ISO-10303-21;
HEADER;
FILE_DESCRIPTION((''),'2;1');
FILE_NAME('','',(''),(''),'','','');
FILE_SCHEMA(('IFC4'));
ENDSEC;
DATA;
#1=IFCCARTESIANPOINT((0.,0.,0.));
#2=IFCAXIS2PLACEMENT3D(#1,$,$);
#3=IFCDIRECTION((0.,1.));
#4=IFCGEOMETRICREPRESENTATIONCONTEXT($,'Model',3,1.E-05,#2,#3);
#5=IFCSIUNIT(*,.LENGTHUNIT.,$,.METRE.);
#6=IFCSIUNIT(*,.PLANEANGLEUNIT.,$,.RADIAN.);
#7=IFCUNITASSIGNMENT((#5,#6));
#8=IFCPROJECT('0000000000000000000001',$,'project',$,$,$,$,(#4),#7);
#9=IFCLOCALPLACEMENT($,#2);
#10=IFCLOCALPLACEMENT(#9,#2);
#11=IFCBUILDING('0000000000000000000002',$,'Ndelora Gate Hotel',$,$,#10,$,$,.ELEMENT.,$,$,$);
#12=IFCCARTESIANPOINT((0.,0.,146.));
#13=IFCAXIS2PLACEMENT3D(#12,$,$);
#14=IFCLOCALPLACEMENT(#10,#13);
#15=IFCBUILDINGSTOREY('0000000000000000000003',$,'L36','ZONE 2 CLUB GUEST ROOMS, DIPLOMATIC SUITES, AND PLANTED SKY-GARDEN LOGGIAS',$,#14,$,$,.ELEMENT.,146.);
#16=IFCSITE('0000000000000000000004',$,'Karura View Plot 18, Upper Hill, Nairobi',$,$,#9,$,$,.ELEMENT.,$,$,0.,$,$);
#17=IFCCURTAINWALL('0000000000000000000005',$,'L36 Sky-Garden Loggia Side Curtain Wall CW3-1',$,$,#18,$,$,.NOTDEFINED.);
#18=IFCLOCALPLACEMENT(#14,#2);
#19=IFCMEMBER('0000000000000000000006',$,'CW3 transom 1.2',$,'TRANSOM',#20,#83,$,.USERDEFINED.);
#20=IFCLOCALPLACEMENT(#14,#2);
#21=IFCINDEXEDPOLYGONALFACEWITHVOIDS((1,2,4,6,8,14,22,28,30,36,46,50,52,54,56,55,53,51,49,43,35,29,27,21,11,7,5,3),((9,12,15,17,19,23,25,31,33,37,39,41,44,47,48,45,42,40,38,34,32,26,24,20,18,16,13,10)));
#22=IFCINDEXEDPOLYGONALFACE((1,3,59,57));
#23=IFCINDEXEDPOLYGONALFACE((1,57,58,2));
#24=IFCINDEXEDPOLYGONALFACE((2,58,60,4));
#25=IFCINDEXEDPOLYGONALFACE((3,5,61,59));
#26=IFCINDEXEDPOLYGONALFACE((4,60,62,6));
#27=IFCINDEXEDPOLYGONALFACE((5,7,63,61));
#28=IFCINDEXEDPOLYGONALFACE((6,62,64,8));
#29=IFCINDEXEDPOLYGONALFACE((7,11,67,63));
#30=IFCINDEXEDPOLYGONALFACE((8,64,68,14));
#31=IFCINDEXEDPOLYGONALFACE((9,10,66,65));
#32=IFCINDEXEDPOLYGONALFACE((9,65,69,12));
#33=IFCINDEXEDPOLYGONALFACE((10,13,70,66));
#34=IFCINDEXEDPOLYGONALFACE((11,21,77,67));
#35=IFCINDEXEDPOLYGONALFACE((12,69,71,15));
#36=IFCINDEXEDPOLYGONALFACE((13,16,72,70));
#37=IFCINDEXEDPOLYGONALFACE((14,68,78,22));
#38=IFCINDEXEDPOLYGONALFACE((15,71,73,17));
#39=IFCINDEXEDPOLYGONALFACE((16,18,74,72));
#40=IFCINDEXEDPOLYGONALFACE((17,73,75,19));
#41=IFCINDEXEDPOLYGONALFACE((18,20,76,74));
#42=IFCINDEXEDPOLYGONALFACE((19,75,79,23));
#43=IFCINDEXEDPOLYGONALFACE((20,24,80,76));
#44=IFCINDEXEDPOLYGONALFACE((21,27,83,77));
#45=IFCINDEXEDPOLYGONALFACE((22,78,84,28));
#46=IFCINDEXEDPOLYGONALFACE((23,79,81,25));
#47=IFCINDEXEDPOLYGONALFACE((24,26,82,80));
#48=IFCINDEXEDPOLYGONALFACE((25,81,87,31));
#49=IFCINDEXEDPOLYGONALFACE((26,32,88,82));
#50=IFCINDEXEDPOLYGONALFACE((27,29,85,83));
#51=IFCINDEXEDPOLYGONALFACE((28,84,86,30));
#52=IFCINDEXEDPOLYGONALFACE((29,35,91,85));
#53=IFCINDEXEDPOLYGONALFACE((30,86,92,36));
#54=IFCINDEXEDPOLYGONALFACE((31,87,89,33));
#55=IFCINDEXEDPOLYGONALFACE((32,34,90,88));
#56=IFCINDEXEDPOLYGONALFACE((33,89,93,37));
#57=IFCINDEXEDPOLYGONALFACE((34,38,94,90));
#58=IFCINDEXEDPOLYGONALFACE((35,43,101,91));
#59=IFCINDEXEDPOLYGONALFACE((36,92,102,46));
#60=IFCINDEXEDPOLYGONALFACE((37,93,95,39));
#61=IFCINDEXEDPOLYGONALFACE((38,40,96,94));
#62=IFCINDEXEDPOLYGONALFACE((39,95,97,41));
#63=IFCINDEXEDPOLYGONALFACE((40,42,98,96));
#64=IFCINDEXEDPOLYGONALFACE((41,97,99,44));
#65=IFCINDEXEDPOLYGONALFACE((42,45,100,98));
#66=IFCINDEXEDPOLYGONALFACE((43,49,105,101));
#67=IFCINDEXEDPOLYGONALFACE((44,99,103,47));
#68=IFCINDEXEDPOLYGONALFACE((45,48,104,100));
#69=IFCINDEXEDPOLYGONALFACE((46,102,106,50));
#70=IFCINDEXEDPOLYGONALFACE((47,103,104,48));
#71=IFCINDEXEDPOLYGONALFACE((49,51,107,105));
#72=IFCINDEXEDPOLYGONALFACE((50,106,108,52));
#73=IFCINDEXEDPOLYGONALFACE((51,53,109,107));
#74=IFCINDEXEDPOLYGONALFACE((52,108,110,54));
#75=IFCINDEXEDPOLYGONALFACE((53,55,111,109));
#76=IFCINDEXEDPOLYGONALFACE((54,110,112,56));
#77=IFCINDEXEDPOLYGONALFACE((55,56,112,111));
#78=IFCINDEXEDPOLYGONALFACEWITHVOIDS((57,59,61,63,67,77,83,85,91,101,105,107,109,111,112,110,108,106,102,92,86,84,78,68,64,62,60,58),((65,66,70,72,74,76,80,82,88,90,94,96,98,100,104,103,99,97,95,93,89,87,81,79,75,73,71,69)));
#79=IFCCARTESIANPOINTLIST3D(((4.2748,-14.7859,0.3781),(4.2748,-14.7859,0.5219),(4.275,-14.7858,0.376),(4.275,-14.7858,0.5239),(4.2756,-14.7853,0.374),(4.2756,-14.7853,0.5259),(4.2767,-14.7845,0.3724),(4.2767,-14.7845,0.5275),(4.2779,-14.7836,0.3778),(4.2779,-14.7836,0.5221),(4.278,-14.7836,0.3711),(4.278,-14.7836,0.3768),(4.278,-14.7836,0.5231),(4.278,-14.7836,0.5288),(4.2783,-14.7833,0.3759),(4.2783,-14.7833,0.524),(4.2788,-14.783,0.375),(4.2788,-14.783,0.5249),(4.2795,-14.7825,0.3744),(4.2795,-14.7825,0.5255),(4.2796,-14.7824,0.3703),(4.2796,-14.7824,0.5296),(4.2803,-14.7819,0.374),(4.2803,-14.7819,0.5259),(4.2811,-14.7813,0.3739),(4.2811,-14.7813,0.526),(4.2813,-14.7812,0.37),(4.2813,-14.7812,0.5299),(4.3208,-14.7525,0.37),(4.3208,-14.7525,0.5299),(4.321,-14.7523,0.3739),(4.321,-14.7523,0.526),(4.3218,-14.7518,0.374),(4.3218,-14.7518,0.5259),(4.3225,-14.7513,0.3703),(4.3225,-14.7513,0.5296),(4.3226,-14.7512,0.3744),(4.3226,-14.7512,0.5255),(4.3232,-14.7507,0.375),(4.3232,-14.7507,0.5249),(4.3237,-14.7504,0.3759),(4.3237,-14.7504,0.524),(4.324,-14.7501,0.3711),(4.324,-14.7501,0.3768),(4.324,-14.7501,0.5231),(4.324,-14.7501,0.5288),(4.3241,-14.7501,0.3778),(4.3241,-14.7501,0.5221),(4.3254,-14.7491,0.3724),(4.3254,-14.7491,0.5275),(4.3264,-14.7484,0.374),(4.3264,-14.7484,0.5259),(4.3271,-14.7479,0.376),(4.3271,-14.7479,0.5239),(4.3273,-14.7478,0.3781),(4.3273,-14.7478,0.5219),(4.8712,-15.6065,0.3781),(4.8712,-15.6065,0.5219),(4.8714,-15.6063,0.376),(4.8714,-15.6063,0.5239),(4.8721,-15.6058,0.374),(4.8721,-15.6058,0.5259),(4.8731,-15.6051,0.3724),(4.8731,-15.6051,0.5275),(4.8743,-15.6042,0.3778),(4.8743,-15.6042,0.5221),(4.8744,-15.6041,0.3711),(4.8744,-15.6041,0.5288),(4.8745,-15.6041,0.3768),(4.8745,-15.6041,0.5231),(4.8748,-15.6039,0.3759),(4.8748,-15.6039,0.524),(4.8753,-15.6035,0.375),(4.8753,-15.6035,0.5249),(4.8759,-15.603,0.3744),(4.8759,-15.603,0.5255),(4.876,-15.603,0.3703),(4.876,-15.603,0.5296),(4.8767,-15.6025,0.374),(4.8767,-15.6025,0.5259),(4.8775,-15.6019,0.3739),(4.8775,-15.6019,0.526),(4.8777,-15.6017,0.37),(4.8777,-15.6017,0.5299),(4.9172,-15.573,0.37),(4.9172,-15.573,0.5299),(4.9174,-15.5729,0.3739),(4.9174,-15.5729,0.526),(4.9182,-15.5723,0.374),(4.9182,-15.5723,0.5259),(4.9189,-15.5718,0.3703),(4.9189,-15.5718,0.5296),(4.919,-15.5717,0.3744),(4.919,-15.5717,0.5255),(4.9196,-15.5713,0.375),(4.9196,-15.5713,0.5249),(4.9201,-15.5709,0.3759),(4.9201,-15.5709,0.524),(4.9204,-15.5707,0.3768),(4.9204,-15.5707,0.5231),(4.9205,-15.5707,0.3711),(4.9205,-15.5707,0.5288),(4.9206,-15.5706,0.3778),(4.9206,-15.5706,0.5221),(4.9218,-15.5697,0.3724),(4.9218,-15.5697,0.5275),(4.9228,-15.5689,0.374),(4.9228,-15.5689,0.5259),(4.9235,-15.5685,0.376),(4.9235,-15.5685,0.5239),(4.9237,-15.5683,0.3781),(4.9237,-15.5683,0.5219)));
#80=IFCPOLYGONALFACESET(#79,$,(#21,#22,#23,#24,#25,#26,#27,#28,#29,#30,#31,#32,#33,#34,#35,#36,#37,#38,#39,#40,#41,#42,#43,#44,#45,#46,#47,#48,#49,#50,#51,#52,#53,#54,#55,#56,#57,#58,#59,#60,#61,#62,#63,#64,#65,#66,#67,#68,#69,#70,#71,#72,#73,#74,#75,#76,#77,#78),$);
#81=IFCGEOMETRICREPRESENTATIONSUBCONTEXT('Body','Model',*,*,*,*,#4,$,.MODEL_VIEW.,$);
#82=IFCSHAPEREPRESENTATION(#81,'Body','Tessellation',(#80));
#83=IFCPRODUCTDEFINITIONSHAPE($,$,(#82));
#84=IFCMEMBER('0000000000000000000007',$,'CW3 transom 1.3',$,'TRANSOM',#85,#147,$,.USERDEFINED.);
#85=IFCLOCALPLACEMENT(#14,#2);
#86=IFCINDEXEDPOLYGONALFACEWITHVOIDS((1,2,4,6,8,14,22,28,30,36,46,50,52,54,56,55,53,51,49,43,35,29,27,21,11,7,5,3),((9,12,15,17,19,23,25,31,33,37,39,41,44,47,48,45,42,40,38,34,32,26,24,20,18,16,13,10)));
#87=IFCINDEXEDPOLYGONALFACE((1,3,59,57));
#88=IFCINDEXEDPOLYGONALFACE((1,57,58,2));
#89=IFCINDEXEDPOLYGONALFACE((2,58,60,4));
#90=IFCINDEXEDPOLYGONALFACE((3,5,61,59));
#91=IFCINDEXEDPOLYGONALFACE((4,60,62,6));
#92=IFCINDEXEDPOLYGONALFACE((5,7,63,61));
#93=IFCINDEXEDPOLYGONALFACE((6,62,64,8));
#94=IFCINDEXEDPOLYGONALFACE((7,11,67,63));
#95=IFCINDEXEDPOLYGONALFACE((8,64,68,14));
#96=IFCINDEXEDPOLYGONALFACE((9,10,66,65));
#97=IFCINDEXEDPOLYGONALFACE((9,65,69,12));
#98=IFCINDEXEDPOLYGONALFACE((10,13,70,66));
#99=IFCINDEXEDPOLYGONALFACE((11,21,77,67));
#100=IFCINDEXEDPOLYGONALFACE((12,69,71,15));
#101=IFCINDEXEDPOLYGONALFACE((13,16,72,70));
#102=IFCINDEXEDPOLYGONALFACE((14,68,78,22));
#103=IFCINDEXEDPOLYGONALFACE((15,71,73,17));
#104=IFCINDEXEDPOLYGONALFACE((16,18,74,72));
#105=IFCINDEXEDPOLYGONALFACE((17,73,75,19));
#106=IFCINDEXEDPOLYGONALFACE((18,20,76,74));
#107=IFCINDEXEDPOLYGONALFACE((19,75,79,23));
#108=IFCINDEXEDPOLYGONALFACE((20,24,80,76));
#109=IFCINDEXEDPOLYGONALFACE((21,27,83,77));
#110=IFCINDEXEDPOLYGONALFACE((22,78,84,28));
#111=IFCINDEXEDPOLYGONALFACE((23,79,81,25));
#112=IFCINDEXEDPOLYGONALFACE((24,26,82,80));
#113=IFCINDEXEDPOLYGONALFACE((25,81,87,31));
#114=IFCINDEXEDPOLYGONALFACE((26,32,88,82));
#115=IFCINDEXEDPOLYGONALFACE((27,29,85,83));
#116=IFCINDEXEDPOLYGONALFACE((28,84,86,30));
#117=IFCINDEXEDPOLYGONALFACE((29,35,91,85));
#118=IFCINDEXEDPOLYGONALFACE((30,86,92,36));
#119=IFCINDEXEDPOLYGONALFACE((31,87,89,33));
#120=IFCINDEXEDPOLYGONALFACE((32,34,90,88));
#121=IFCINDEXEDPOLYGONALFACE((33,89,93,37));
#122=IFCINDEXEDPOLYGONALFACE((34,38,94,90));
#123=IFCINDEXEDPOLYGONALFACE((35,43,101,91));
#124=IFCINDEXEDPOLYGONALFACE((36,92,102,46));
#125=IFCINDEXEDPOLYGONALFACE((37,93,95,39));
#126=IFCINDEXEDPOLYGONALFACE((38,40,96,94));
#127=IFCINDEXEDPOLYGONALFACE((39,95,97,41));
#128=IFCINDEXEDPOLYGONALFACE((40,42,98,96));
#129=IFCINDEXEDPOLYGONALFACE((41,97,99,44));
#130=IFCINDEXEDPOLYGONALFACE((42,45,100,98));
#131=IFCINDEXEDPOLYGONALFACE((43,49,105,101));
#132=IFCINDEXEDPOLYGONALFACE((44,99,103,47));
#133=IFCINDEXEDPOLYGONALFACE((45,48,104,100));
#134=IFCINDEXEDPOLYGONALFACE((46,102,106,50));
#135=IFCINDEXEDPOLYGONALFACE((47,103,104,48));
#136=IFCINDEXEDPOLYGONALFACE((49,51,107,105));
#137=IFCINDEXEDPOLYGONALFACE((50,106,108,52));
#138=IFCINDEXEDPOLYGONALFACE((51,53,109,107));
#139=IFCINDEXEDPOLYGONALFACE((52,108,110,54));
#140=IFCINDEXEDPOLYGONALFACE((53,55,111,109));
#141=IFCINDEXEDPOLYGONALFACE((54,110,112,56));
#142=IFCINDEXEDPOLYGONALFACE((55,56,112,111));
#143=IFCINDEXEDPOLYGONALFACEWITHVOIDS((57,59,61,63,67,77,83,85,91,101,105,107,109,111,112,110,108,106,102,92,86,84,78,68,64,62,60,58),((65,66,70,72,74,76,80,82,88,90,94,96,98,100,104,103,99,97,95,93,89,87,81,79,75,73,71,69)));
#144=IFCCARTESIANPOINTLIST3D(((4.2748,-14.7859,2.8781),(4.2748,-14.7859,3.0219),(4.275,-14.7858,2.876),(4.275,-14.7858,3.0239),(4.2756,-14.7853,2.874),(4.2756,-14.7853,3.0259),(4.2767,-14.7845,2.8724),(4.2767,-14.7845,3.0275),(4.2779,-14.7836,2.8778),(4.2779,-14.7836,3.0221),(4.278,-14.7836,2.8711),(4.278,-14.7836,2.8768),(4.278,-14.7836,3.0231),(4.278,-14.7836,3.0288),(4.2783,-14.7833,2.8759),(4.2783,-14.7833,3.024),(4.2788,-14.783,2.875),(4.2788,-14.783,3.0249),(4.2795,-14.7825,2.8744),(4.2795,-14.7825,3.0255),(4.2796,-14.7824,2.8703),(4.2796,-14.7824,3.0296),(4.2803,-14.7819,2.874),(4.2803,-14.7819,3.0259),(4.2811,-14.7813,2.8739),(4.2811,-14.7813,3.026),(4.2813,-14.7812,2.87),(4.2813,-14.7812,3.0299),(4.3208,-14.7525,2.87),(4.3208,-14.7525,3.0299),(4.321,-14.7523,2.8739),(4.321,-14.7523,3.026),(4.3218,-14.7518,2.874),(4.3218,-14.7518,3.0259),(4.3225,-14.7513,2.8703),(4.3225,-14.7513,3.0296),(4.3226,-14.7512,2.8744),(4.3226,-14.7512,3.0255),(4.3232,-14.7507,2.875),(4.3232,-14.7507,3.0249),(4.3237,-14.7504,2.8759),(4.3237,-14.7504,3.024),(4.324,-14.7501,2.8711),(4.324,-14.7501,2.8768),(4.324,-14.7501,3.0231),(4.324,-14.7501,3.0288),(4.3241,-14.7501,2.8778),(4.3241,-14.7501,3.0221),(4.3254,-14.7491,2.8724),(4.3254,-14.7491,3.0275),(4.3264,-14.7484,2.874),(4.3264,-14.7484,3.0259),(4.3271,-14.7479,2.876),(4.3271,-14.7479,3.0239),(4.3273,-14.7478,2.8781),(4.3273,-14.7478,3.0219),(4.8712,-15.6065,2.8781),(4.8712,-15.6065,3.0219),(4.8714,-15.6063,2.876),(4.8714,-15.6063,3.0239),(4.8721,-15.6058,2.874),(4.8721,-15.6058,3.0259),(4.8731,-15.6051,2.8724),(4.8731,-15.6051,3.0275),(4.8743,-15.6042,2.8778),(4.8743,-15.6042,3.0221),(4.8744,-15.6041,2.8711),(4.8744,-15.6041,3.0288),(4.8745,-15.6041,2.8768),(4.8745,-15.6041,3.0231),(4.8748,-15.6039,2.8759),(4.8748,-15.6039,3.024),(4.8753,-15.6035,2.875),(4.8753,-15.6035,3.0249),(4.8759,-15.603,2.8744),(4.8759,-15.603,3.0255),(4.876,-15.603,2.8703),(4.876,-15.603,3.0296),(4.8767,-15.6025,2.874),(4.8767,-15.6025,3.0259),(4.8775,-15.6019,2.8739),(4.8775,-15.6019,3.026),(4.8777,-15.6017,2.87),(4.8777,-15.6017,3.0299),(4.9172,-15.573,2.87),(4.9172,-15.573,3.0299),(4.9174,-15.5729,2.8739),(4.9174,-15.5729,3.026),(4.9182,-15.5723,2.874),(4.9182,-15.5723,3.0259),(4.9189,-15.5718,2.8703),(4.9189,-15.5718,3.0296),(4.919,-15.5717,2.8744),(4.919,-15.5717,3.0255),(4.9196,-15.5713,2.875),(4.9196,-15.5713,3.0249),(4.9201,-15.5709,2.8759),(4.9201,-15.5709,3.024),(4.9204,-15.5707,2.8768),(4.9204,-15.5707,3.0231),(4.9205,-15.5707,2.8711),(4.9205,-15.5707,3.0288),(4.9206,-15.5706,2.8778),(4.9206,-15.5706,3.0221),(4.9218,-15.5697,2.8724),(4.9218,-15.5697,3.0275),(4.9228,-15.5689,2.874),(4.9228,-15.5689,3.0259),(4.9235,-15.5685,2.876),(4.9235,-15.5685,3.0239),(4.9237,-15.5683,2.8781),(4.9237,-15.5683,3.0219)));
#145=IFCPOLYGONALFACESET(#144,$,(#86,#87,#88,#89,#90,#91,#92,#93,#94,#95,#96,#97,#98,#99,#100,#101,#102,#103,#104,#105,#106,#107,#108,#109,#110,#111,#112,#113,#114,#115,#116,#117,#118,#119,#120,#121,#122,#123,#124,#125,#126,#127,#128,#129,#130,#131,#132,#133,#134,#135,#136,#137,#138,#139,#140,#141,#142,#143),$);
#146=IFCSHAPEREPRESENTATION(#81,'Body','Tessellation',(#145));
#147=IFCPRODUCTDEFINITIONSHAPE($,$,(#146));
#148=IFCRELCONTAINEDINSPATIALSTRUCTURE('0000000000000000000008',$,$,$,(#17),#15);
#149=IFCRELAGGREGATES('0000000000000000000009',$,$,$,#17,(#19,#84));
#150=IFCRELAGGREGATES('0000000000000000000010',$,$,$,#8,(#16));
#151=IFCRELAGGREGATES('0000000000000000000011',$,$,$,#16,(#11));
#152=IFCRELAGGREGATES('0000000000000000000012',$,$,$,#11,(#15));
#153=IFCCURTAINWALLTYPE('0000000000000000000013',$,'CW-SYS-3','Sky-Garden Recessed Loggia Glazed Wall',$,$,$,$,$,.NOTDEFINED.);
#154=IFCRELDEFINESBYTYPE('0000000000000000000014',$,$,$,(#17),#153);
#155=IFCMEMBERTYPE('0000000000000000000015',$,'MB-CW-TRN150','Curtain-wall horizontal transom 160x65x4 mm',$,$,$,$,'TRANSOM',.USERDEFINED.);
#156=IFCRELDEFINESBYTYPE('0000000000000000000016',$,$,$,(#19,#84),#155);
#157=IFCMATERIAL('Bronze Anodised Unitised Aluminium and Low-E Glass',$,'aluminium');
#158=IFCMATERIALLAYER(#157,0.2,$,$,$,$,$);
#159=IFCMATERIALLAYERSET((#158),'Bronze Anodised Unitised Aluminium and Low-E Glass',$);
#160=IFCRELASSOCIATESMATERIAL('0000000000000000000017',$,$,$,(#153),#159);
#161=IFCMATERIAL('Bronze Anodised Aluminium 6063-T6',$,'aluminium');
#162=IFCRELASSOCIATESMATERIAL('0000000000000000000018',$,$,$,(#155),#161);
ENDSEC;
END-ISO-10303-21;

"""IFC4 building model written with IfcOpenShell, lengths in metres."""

from ifc_helpers import new_model, si_unit, direction, frame, origin, origin_2d, place, context, subcontext, project, spatial, hollow_rectangle, extrude, material, layer, layer_set, material_profile, profile_set, type_object, element, aggregate, save


model = new_model("IFC4")

# Units and contexts
model_context = context("Model", 3, precision=1e-05, world=origin(), true_north=direction((0.0, 1.0)))
body_context = subcontext(model_context, "Body", "Model", "MODEL_VIEW")
ifc_project = project(units=[si_unit("LENGTHUNIT", "METRE"), si_unit("PLANEANGLEUNIT", "RADIAN")], contexts=[model_context])

# Site, building, storey
site_placement = place(None, origin())
site = spatial("IfcSite", under=ifc_project, at=site_placement, Name="Karura View Plot 18, Upper Hill, Nairobi", CompositionType="ELEMENT", RefElevation=0.0)
building_placement = place(site_placement, origin())
building = spatial("IfcBuilding", under=site, at=building_placement, Name="Ndelora Gate Hotel", CompositionType="ELEMENT")
storey_placement = place(building_placement, frame((0.0, 0.0, 146.0)))
storey = spatial("IfcBuildingStorey", under=building, at=storey_placement, Name="L36", Description="ZONE 2 CLUB GUEST ROOMS, DIPLOMATIC SUITES, AND PLANTED SKY-GARDEN LOGGIAS", CompositionType="ELEMENT", Elevation=146.0)

# Curtain wall, members
ifc_material_1 = material(Name="Bronze Anodised Unitised Aluminium and Low-E Glass", Category="aluminium")
ifc_layer_1 = layer(ifc_material_1, 0.2)
ifc_layer_set_1 = layer_set([ifc_layer_1], Name="Bronze Anodised Unitised Aluminium and Low-E Glass")
curtain_wall_type = type_object("IfcCurtainWallType", Name="CW-SYS-3", Description="Sky-Garden Recessed Loggia Glazed Wall", PredefinedType="NOTDEFINED", material=ifc_layer_set_1)
curtain_wall_placement = place(storey_placement, origin())
curtain_wall = element("IfcCurtainWall", 1, at=curtain_wall_placement, inside=storey, type_object=curtain_wall_type, Name="L36 Sky-Garden Loggia Side Curtain Wall CW3-1", PredefinedType="NOTDEFINED")
ifc_material_2 = material(Name="Bronze Anodised Aluminium 6063-T6", Category="aluminium")
ifc_material_profile_1 = material_profile(ifc_material_2, hollow_rectangle(XDim=0.0649, YDim=0.1599, WallThickness=0.0039, InnerFilletRadius=0.0039, OuterFilletRadius=0.0081, at=origin_2d()), Name="ALU 160x65x4")
ifc_profile_set_1 = profile_set([ifc_material_profile_1], Name="Bronze Anodised Aluminium 6063-T6")
member_type_1 = type_object("IfcMemberType", Name="MB-CW-TRN150", Description="Curtain-wall horizontal transom 160x65x4 mm", ElementType="TRANSOM", PredefinedType="USERDEFINED", material=ifc_profile_set_1)
member_1_placement = place(storey_placement, frame((4.301, -14.7668, 0.45), z_axis=(0.587957, -0.808892, 0.0), x_axis=(0.808892, 0.587957, 0.0)))
member_1 = element("IfcMember", 2, at=member_1_placement, type_object=member_type_1, Name="CW3 transom 1.2", ObjectType="TRANSOM", PredefinedType="USERDEFINED", context=body_context, shape_type="SweptSolid", body=[
    extrude(hollow_rectangle(XDim=0.0649, YDim=0.1599, WallThickness=0.0039, InnerFilletRadius=0.0039, OuterFilletRadius=0.0081, at=origin_2d()), origin(), (0.0, 0.0, 1.0), 1.0144),
])
member_2_placement = place(storey_placement, frame((4.301, -14.7668, 2.95), z_axis=(0.587957, -0.808892, 0.0), x_axis=(0.808892, 0.587957, 0.0)))
member_2 = element("IfcMember", 3, at=member_2_placement, type_object=member_type_1, Name="CW3 transom 1.3", ObjectType="TRANSOM", PredefinedType="USERDEFINED", context=body_context, shape_type="SweptSolid", body=[
    extrude(hollow_rectangle(XDim=0.0649, YDim=0.1599, WallThickness=0.0039, InnerFilletRadius=0.0039, OuterFilletRadius=0.0081, at=origin_2d()), origin(), (0.0, 0.0, 1.0), 1.0144),
])
aggregate(curtain_wall, [member_1, member_2])

save(model, "model.ifc")
